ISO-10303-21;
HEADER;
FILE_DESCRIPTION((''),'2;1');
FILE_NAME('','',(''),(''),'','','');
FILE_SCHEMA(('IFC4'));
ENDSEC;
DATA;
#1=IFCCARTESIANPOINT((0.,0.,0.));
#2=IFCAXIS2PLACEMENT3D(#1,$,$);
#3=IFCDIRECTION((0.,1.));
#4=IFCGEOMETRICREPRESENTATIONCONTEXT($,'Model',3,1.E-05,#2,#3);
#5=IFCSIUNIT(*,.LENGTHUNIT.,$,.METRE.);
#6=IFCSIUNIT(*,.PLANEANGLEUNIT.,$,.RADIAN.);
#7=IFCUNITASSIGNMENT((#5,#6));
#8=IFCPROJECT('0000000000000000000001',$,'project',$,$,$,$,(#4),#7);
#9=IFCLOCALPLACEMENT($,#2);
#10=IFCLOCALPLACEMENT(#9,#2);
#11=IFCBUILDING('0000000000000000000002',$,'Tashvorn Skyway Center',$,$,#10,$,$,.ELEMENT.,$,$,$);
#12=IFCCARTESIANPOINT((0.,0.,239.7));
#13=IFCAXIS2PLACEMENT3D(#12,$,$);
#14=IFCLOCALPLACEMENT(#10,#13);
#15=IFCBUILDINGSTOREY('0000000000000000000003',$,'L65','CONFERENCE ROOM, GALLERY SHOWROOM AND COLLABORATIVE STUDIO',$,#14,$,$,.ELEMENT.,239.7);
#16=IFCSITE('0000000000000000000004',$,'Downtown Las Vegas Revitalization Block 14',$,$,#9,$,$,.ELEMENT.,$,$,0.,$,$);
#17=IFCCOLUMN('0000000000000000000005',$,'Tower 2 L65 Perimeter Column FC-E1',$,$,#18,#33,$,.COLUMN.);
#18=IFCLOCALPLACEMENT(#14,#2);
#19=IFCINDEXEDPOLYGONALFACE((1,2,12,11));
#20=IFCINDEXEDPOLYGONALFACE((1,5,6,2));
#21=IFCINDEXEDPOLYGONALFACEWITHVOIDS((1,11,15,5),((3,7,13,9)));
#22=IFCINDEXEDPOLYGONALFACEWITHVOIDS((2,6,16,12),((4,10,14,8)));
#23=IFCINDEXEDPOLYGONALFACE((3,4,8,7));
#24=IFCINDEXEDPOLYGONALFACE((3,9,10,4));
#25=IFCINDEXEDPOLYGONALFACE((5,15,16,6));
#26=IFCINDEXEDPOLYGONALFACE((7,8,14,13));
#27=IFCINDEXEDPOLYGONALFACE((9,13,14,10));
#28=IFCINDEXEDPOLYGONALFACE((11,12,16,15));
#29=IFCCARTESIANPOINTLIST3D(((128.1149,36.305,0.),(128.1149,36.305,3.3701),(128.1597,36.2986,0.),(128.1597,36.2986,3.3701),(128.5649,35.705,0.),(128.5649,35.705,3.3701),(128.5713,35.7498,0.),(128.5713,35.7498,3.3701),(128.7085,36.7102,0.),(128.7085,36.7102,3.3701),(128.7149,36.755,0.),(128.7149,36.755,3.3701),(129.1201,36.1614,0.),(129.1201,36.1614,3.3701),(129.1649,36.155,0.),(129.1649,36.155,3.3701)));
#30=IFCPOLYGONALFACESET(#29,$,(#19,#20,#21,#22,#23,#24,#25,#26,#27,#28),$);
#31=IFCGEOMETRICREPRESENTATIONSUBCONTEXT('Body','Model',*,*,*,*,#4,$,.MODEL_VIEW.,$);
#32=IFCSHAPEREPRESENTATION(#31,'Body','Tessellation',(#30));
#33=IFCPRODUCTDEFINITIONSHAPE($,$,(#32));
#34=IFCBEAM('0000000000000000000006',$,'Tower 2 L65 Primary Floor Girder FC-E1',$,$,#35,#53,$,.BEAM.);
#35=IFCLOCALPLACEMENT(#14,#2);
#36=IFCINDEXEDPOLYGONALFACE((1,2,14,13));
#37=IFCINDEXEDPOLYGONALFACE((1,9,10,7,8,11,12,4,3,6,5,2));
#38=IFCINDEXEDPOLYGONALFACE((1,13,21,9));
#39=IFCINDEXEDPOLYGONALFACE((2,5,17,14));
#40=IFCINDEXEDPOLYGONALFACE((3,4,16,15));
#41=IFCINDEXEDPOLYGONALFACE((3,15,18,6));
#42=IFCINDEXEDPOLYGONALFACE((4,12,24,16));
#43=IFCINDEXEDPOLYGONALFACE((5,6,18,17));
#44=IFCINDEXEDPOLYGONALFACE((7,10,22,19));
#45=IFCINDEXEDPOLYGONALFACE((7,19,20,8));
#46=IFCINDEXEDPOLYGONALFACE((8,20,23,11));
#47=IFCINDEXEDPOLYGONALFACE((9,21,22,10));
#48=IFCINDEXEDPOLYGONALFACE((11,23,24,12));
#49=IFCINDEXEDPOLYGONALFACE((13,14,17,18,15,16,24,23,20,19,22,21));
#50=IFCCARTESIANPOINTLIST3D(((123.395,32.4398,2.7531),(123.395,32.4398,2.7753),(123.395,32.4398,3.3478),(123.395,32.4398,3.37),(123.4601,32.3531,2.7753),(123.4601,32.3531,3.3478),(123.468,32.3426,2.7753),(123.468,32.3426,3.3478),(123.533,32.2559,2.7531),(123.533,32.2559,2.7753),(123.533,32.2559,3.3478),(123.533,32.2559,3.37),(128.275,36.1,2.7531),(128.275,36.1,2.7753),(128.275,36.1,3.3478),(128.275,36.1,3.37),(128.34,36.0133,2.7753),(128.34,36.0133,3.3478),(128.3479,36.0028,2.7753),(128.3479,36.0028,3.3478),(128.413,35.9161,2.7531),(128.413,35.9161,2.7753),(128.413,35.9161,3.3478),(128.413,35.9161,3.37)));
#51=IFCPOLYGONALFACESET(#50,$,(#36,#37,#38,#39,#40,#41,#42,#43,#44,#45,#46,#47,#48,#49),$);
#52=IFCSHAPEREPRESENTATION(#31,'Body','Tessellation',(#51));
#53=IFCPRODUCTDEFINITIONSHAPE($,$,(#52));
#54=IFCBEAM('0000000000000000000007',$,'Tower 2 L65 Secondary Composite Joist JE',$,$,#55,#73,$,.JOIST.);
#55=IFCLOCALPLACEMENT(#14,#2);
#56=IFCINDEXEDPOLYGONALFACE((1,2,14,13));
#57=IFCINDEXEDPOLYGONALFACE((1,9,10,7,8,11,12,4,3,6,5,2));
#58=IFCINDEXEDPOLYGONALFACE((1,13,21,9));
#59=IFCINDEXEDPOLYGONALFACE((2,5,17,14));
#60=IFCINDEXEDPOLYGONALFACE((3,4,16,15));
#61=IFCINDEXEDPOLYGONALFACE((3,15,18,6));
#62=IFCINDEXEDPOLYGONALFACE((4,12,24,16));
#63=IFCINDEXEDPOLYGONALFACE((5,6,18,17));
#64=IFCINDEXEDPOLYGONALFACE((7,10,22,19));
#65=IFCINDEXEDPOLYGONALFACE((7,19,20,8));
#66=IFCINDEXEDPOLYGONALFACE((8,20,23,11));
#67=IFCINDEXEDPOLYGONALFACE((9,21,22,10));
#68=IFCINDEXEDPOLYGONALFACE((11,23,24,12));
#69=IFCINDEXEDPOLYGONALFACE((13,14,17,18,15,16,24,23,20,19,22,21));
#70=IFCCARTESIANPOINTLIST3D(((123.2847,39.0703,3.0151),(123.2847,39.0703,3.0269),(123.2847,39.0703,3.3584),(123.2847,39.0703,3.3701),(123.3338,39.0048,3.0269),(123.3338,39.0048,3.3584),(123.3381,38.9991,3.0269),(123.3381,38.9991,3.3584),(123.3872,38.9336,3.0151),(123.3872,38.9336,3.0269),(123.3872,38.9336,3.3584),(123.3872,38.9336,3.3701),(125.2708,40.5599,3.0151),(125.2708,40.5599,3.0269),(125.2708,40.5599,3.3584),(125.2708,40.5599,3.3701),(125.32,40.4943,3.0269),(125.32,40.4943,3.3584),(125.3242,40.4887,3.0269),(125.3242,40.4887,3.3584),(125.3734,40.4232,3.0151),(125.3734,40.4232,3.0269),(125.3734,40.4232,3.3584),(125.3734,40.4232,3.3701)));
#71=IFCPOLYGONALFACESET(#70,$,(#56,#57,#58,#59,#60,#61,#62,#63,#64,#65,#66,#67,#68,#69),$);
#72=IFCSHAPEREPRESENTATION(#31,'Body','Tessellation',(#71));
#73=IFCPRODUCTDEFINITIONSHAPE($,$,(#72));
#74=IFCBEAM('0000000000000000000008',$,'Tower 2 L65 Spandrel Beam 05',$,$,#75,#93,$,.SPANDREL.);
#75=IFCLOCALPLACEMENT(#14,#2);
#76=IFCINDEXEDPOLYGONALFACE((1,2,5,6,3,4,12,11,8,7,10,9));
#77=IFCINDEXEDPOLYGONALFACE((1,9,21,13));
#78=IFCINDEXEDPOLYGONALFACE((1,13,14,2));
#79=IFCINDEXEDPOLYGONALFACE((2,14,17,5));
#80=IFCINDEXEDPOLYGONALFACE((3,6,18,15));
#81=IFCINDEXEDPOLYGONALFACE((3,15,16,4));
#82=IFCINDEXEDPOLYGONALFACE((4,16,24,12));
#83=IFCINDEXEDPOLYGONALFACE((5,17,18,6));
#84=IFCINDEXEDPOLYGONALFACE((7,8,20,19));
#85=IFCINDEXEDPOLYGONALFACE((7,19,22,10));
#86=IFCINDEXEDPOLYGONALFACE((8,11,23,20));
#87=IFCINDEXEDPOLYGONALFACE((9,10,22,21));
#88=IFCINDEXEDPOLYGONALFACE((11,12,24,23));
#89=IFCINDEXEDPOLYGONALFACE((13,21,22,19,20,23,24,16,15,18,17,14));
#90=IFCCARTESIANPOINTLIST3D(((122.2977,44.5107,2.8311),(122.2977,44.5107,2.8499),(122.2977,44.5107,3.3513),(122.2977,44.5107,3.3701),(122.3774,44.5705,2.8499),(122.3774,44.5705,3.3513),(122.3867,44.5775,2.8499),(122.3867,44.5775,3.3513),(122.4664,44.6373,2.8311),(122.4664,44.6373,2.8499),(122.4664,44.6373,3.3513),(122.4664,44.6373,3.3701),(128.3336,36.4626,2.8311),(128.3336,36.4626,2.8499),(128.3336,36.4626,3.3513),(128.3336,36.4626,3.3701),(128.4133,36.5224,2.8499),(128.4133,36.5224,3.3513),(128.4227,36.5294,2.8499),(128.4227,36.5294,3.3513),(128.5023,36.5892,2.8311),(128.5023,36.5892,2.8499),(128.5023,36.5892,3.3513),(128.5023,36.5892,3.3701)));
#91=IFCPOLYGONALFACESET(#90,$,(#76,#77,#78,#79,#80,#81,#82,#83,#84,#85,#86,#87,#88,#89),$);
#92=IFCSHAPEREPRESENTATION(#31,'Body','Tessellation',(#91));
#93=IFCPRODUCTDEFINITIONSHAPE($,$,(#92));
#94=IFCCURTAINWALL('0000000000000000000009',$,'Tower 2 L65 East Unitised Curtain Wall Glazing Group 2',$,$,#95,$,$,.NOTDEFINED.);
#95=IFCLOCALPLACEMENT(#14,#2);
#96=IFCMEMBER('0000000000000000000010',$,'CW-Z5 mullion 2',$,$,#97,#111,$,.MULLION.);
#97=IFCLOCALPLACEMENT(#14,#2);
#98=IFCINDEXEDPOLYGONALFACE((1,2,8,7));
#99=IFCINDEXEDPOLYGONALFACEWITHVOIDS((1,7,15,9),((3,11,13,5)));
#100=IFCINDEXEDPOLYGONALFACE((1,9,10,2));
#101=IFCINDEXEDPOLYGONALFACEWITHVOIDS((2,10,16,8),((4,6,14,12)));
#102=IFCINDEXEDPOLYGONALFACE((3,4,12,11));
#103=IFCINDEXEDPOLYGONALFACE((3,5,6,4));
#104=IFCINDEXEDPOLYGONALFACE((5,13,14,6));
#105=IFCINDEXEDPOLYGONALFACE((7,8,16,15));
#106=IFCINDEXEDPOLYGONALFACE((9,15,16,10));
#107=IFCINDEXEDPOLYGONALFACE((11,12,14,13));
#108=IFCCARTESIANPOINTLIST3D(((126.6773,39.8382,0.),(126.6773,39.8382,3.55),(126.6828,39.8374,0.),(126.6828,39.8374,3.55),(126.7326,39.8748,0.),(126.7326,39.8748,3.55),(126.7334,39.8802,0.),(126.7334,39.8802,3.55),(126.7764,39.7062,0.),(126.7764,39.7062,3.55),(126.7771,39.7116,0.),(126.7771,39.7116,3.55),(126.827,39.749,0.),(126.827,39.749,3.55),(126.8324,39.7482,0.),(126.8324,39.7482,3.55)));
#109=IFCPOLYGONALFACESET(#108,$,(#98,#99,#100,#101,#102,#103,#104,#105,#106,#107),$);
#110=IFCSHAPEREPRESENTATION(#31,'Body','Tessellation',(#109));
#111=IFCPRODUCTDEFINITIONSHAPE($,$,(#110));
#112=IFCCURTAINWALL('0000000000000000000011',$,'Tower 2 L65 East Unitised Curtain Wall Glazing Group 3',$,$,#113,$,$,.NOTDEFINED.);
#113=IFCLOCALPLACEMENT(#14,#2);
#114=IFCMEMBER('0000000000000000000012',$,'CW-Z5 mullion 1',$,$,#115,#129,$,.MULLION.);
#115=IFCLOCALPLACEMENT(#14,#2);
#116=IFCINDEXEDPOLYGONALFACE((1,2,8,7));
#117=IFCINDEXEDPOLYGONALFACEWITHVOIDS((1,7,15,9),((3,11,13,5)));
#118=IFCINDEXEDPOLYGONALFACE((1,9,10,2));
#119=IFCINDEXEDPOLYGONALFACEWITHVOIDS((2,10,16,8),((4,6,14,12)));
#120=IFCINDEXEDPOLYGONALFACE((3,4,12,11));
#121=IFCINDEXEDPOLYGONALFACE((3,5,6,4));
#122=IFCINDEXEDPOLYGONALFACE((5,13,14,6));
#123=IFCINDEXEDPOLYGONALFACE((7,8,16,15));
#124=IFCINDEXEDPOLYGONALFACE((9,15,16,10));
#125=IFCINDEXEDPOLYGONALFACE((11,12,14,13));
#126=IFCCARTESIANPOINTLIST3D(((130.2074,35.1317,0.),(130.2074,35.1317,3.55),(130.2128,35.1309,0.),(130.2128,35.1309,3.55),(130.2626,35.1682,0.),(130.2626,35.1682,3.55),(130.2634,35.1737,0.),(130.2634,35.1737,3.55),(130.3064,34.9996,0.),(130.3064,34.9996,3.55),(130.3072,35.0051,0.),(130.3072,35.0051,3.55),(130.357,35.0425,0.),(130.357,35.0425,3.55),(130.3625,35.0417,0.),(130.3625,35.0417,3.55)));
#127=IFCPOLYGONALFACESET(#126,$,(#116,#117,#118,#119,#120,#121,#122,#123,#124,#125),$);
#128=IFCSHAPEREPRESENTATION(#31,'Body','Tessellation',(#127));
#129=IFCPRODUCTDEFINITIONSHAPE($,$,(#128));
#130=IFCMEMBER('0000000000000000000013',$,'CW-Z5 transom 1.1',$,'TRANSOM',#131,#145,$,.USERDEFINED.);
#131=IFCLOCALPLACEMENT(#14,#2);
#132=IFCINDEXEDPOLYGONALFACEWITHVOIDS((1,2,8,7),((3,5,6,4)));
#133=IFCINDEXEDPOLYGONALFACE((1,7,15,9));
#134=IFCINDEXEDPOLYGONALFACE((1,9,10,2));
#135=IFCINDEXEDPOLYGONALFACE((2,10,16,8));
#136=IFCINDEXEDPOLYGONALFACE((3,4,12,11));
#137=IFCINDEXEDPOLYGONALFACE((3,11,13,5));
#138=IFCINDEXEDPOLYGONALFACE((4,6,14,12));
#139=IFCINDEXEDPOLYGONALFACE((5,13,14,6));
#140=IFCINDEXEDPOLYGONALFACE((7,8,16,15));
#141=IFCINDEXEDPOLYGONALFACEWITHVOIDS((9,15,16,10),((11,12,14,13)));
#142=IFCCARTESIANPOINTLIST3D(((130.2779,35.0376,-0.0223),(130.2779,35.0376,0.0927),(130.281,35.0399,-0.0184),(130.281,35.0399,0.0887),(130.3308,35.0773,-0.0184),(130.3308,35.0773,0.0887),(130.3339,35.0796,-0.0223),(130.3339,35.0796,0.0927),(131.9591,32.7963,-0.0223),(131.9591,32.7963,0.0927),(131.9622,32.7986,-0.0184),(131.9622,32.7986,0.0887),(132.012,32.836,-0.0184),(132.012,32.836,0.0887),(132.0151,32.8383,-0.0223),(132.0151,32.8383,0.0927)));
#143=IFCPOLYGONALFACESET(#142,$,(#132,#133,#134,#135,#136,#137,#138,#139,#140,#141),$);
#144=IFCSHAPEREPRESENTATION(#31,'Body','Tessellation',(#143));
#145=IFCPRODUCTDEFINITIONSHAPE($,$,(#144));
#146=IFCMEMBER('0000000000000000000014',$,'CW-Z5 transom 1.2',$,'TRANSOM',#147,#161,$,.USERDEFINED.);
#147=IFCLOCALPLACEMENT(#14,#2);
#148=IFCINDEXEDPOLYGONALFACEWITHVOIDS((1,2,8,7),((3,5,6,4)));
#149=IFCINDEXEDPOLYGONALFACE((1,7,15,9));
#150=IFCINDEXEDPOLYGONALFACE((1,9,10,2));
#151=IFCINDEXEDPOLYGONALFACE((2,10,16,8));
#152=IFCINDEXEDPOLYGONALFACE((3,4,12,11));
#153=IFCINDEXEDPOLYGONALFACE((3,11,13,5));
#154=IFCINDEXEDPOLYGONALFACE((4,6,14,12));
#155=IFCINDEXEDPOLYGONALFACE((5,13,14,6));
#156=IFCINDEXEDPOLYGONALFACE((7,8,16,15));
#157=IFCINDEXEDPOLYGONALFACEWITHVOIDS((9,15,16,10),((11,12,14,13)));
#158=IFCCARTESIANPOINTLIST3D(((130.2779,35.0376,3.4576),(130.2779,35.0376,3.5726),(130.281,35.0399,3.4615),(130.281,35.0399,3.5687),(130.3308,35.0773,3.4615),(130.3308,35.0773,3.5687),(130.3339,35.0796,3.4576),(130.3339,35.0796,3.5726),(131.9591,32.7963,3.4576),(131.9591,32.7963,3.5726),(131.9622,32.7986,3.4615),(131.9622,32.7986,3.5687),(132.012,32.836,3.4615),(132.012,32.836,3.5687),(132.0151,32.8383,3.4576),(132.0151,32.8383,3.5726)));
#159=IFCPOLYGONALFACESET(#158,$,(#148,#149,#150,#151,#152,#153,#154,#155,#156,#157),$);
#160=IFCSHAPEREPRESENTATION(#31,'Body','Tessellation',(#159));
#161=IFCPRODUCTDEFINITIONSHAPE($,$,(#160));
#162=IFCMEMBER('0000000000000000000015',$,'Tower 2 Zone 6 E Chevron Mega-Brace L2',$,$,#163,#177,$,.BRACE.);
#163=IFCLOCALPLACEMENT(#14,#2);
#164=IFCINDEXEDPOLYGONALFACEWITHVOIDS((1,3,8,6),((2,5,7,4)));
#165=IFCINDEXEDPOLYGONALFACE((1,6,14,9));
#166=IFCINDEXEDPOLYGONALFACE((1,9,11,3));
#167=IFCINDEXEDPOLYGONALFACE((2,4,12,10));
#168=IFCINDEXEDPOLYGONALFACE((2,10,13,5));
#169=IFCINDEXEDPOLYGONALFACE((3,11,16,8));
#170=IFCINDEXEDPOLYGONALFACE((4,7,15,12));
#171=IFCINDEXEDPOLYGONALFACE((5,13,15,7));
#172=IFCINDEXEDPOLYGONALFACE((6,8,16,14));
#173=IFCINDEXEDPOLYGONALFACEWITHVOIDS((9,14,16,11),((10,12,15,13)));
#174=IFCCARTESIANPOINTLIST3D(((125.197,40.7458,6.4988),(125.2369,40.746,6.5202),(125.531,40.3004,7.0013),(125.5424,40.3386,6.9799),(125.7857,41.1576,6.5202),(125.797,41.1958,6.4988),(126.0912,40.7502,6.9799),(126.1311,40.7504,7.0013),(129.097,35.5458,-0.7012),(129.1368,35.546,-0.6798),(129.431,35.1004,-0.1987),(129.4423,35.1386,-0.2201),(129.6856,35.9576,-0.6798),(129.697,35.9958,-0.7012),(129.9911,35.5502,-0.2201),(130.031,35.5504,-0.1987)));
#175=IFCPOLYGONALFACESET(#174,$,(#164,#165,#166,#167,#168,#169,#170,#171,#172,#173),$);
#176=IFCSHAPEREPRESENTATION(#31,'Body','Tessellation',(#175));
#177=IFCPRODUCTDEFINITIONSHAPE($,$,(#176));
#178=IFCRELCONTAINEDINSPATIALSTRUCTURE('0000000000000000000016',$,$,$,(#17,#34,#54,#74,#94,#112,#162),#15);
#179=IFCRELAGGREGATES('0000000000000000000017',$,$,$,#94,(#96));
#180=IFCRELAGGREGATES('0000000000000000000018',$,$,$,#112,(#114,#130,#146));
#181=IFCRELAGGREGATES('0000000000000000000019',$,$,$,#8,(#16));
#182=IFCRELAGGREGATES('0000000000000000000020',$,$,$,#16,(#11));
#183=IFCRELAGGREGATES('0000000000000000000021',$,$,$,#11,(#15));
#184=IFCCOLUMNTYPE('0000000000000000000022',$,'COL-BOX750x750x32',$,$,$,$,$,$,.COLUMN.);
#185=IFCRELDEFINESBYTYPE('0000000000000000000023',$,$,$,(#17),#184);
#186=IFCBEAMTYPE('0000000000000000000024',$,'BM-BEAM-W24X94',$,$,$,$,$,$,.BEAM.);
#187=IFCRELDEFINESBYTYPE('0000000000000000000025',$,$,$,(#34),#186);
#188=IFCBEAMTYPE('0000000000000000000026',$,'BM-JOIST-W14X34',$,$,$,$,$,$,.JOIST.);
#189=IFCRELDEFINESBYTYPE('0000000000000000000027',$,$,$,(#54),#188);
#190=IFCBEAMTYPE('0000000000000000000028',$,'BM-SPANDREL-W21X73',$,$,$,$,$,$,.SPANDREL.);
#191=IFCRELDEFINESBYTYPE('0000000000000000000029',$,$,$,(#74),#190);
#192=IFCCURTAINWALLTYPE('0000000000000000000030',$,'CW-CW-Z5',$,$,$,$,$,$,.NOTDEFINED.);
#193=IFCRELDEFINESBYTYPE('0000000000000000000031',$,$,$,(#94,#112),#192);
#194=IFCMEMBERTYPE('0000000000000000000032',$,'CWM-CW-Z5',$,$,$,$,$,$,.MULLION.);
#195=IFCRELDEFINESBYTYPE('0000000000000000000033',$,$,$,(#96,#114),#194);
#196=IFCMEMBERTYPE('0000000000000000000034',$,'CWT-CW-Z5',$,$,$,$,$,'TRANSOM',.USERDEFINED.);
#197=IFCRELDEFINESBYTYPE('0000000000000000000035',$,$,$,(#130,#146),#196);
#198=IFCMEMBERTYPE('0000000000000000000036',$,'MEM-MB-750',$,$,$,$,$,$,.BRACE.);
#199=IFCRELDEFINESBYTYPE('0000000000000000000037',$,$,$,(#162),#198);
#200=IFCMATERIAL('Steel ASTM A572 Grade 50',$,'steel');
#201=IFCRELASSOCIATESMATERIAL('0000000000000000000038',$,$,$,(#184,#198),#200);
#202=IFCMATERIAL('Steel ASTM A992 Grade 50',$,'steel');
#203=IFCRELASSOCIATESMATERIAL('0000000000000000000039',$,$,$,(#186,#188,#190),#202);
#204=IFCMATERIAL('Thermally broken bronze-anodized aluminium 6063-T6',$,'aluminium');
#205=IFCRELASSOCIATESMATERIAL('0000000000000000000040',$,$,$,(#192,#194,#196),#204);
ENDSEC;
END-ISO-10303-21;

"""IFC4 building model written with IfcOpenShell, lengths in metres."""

from ifc_helpers import new_model, si_unit, direction, frame, origin, origin_2d, place, context, subcontext, project, spatial, hollow_rectangle, i_section, extrude, material, material_profile, profile_set, type_object, element, aggregate, save


model = new_model("IFC4")

# Units and contexts
model_context = context("Model", 3, precision=1e-05, world=origin(), true_north=direction((0.0, 1.0)))
body_context = subcontext(model_context, "Body", "Model", "MODEL_VIEW")
ifc_project = project(units=[si_unit("LENGTHUNIT", "METRE"), si_unit("PLANEANGLEUNIT", "RADIAN")], contexts=[model_context])

# Site, building, storey
site_placement = place(None, origin())
site = spatial("IfcSite", under=ifc_project, at=site_placement, Name="Downtown Las Vegas Revitalization Block 14", CompositionType="ELEMENT", RefElevation=0.0)
building_placement = place(site_placement, origin())
building = spatial("IfcBuilding", under=site, at=building_placement, Name="Tashvorn Skyway Center", CompositionType="ELEMENT")
storey_placement = place(building_placement, frame((0.0, 0.0, 239.7)))
storey = spatial("IfcBuildingStorey", under=building, at=storey_placement, Name="L65", Description="CONFERENCE ROOM, GALLERY SHOWROOM AND COLLABORATIVE STUDIO", CompositionType="ELEMENT", Elevation=239.7)

# Column
ifc_material_1 = material(Name="Steel ASTM A572 Grade 50", Category="steel")
ifc_material_profile_1 = material_profile(ifc_material_1, hollow_rectangle(XDim=0.75, YDim=0.75, WallThickness=0.032, at=origin_2d()), Name="BOX750x750x32")
ifc_profile_set_1 = profile_set([ifc_material_profile_1], Name="Steel ASTM A572 Grade 50")
column_type = type_object("IfcColumnType", Name="COL-BOX750x750x32", PredefinedType="COLUMN", material=ifc_profile_set_1)
column_placement = place(storey_placement, frame((128.6399, 36.23, 0.0), z_axis=(0.0, 0.0, 1.0), x_axis=(0.8, 0.6, 0.0)))
element("IfcColumn", 1, at=column_placement, inside=storey, type_object=column_type, Name="Tower 2 L65 Perimeter Column FC-E1", PredefinedType="COLUMN", context=body_context, shape_type="SweptSolid", body=[
    extrude(hollow_rectangle(XDim=0.75, YDim=0.75, WallThickness=0.032, at=origin_2d()), origin(), (0.0, 0.0, 1.0), 3.3701),
])

# Beams
ifc_material_2 = material(Name="Steel ASTM A992 Grade 50", Category="steel")
ifc_material_profile_2 = material_profile(ifc_material_2, i_section(OverallWidth=0.23, OverallDepth=0.6169, WebThickness=0.0132, FlangeThickness=0.0222, at=origin_2d()), Name="W24X94")
ifc_profile_set_2 = profile_set([ifc_material_profile_2], Name="Steel ASTM A992 Grade 50")
beam_type_1 = type_object("IfcBeamType", Name="BM-BEAM-W24X94", PredefinedType="BEAM", material=ifc_profile_set_2)
beam_1_placement = place(storey_placement, frame((128.344, 36.0081, 3.0615), z_axis=(-0.799981, -0.600026, 0.0), x_axis=(0.600026, -0.799981, 0.0)))
element("IfcBeam", 2, at=beam_1_placement, inside=storey, type_object=beam_type_1, Name="Tower 2 L65 Primary Floor Girder FC-E1", PredefinedType="BEAM", context=body_context, shape_type="SweptSolid", body=[
    extrude(i_section(OverallWidth=0.23, OverallDepth=0.6169, WebThickness=0.0132, FlangeThickness=0.0222, at=origin_2d()), origin(), (0.0, 0.0, 1.0), 6.1001),
])
ifc_material_profile_3 = material_profile(ifc_material_2, i_section(OverallWidth=0.1709, OverallDepth=0.355, WebThickness=0.0071, FlangeThickness=0.0117, at=origin_2d()), Name="W14X34")
ifc_profile_set_3 = profile_set([ifc_material_profile_3], Name="Steel ASTM A992 Grade 50")
beam_type_2 = type_object("IfcBeamType", Name="BM-JOIST-W14X34", PredefinedType="JOIST", material=ifc_profile_set_3)
beam_2_placement = place(storey_placement, frame((123.3359, 39.002, 3.1926), z_axis=(0.800012, 0.599984, 0.0), x_axis=(-0.599984, 0.800012, 0.0)))
element("IfcBeam", 3, at=beam_2_placement, inside=storey, type_object=beam_type_2, Name="Tower 2 L65 Secondary Composite Joist JE", PredefinedType="JOIST", context=body_context, shape_type="SweptSolid", body=[
    extrude(i_section(OverallWidth=0.1709, OverallDepth=0.355, WebThickness=0.0071, FlangeThickness=0.0117, at=origin_2d()), origin(), (0.0, 0.0, 1.0), 2.4827),
])
ifc_material_profile_4 = material_profile(ifc_material_2, i_section(OverallWidth=0.2109, OverallDepth=0.5391, WebThickness=0.0117, FlangeThickness=0.0188, at=origin_2d()), Name="W21X73")
ifc_profile_set_4 = profile_set([ifc_material_profile_4], Name="Steel ASTM A992 Grade 50")
beam_type_3 = type_object("IfcBeamType", Name="BM-SPANDREL-W21X73", PredefinedType="SPANDREL", material=ifc_profile_set_4)
beam_3_placement = place(storey_placement, frame((128.418, 36.5259, 3.1006), z_axis=(-0.599988, 0.800009, 0.0), x_axis=(-0.800009, -0.599988, 0.0)))
element("IfcBeam", 4, at=beam_3_placement, inside=storey, type_object=beam_type_3, Name="Tower 2 L65 Spandrel Beam 05", PredefinedType="SPANDREL", context=body_context, shape_type="SweptSolid", body=[
    extrude(i_section(OverallWidth=0.2109, OverallDepth=0.5391, WebThickness=0.0117, FlangeThickness=0.0188, at=origin_2d()), origin(), (0.0, 0.0, 1.0), 10.0601),
])

# Curtain wall, member
ifc_material_3 = material(Name="Thermally broken bronze-anodized aluminium 6063-T6", Category="aluminium")
curtain_wall_type = type_object("IfcCurtainWallType", Name="CW-CW-Z5", PredefinedType="NOTDEFINED", material=ifc_material_3)
curtain_wall_1_placement = place(storey_placement, origin())
curtain_wall_1 = element("IfcCurtainWall", 5, at=curtain_wall_1_placement, inside=storey, type_object=curtain_wall_type, Name="Tower 2 L65 East Unitised Curtain Wall Glazing Group 2", PredefinedType="NOTDEFINED")
ifc_material_profile_5 = material_profile(ifc_material_3, hollow_rectangle(XDim=0.0701, YDim=0.165, WallThickness=0.0039, at=origin_2d()), Name="ALU-MULL-70x165")
ifc_profile_set_5 = profile_set([ifc_material_profile_5], Name="Thermally broken bronze-anodized aluminium 6063-T6")
member_type_1 = type_object("IfcMemberType", Name="CWM-CW-Z5", PredefinedType="MULLION", material=ifc_profile_set_5)
member_1_placement = place(storey_placement, frame((126.7549, 39.7932, 0.0), z_axis=(0.0, 0.0, 1.0), x_axis=(0.800008, 0.599989, 0.0)))
member_1 = element("IfcMember", 6, at=member_1_placement, type_object=member_type_1, Name="CW-Z5 mullion 2", PredefinedType="MULLION", context=body_context, shape_type="SweptSolid", body=[
    extrude(hollow_rectangle(XDim=0.0701, YDim=0.165, WallThickness=0.0039, at=origin_2d()), origin(), (0.0, 0.0, 1.0), 3.55),
])

# Curtain wall, members
curtain_wall_2_placement = place(storey_placement, origin())
curtain_wall_2 = element("IfcCurtainWall", 7, at=curtain_wall_2_placement, inside=storey, type_object=curtain_wall_type, Name="Tower 2 L65 East Unitised Curtain Wall Glazing Group 3", PredefinedType="NOTDEFINED")
member_2_placement = place(storey_placement, frame((130.2849, 35.0867, 0.0), z_axis=(0.0, 0.0, 1.0), x_axis=(0.800002, 0.599997, 0.0)))
member_2 = element("IfcMember", 8, at=member_2_placement, type_object=member_type_1, Name="CW-Z5 mullion 1", PredefinedType="MULLION", context=body_context, shape_type="SweptSolid", body=[
    extrude(hollow_rectangle(XDim=0.0701, YDim=0.165, WallThickness=0.0039, at=origin_2d()), origin(), (0.0, 0.0, 1.0), 3.55),
])
ifc_material_profile_6 = material_profile(ifc_material_3, hollow_rectangle(XDim=0.0701, YDim=0.115, WallThickness=0.0039, at=origin_2d()), Name="ALU-TRAN-70x115")
ifc_profile_set_6 = profile_set([ifc_material_profile_6], Name="Thermally broken bronze-anodized aluminium 6063-T6")
member_type_2 = type_object("IfcMemberType", Name="CWT-CW-Z5", ElementType="TRANSOM", PredefinedType="USERDEFINED", material=ifc_profile_set_6)
member_3_placement = place(storey_placement, frame((130.3059, 35.0586, 0.0352), z_axis=(0.600056, -0.799958, 0.0), x_axis=(0.799958, 0.600056, 0.0)))
member_3 = element("IfcMember", 9, at=member_3_placement, type_object=member_type_2, Name="CW-Z5 transom 1.1", ObjectType="TRANSOM", PredefinedType="USERDEFINED", context=body_context, shape_type="SweptSolid", body=[
    extrude(hollow_rectangle(XDim=0.0701, YDim=0.115, WallThickness=0.0039, at=origin_2d()), origin(), (0.0, 0.0, 1.0), 2.8018),
])
member_4_placement = place(storey_placement, frame((130.3059, 35.0586, 3.5151), z_axis=(0.600056, -0.799958, 0.0), x_axis=(0.799958, 0.600056, 0.0)))
member_4 = element("IfcMember", 10, at=member_4_placement, type_object=member_type_2, Name="CW-Z5 transom 1.2", ObjectType="TRANSOM", PredefinedType="USERDEFINED", context=body_context, shape_type="SweptSolid", body=[
    extrude(hollow_rectangle(XDim=0.0701, YDim=0.115, WallThickness=0.0039, at=origin_2d()), origin(), (0.0, 0.0, 1.0), 2.8018),
])

# Member
ifc_material_profile_7 = material_profile(ifc_material_1, hollow_rectangle(XDim=0.75, YDim=0.75, WallThickness=0.032, at=origin_2d()), Name="BOX750x750x32")
ifc_profile_set_7 = profile_set([ifc_material_profile_7], Name="Steel ASTM A572 Grade 50")
member_type_3 = type_object("IfcMemberType", Name="MEM-MB-750", PredefinedType="BRACE", material=ifc_profile_set_7)
member_5_placement = place(storey_placement, frame((129.564, 35.5481, -0.45), z_axis=(-0.402056, 0.536083, 0.742271), x_axis=(-0.800005, -0.599994, 0.0)))
element("IfcMember", 11, at=member_5_placement, inside=storey, type_object=member_type_3, Name="Tower 2 Zone 6 E Chevron Mega-Brace L2", PredefinedType="BRACE", context=body_context, shape_type="SweptSolid", body=[
    extrude(hollow_rectangle(XDim=0.75, YDim=0.75, WallThickness=0.032, at=origin_2d()), origin(), (0.0, 0.0, 1.0), 9.7),
])

aggregate(curtain_wall_1, [member_1])
aggregate(curtain_wall_2, [member_2, member_3, member_4])

save(model, "model.ifc")
